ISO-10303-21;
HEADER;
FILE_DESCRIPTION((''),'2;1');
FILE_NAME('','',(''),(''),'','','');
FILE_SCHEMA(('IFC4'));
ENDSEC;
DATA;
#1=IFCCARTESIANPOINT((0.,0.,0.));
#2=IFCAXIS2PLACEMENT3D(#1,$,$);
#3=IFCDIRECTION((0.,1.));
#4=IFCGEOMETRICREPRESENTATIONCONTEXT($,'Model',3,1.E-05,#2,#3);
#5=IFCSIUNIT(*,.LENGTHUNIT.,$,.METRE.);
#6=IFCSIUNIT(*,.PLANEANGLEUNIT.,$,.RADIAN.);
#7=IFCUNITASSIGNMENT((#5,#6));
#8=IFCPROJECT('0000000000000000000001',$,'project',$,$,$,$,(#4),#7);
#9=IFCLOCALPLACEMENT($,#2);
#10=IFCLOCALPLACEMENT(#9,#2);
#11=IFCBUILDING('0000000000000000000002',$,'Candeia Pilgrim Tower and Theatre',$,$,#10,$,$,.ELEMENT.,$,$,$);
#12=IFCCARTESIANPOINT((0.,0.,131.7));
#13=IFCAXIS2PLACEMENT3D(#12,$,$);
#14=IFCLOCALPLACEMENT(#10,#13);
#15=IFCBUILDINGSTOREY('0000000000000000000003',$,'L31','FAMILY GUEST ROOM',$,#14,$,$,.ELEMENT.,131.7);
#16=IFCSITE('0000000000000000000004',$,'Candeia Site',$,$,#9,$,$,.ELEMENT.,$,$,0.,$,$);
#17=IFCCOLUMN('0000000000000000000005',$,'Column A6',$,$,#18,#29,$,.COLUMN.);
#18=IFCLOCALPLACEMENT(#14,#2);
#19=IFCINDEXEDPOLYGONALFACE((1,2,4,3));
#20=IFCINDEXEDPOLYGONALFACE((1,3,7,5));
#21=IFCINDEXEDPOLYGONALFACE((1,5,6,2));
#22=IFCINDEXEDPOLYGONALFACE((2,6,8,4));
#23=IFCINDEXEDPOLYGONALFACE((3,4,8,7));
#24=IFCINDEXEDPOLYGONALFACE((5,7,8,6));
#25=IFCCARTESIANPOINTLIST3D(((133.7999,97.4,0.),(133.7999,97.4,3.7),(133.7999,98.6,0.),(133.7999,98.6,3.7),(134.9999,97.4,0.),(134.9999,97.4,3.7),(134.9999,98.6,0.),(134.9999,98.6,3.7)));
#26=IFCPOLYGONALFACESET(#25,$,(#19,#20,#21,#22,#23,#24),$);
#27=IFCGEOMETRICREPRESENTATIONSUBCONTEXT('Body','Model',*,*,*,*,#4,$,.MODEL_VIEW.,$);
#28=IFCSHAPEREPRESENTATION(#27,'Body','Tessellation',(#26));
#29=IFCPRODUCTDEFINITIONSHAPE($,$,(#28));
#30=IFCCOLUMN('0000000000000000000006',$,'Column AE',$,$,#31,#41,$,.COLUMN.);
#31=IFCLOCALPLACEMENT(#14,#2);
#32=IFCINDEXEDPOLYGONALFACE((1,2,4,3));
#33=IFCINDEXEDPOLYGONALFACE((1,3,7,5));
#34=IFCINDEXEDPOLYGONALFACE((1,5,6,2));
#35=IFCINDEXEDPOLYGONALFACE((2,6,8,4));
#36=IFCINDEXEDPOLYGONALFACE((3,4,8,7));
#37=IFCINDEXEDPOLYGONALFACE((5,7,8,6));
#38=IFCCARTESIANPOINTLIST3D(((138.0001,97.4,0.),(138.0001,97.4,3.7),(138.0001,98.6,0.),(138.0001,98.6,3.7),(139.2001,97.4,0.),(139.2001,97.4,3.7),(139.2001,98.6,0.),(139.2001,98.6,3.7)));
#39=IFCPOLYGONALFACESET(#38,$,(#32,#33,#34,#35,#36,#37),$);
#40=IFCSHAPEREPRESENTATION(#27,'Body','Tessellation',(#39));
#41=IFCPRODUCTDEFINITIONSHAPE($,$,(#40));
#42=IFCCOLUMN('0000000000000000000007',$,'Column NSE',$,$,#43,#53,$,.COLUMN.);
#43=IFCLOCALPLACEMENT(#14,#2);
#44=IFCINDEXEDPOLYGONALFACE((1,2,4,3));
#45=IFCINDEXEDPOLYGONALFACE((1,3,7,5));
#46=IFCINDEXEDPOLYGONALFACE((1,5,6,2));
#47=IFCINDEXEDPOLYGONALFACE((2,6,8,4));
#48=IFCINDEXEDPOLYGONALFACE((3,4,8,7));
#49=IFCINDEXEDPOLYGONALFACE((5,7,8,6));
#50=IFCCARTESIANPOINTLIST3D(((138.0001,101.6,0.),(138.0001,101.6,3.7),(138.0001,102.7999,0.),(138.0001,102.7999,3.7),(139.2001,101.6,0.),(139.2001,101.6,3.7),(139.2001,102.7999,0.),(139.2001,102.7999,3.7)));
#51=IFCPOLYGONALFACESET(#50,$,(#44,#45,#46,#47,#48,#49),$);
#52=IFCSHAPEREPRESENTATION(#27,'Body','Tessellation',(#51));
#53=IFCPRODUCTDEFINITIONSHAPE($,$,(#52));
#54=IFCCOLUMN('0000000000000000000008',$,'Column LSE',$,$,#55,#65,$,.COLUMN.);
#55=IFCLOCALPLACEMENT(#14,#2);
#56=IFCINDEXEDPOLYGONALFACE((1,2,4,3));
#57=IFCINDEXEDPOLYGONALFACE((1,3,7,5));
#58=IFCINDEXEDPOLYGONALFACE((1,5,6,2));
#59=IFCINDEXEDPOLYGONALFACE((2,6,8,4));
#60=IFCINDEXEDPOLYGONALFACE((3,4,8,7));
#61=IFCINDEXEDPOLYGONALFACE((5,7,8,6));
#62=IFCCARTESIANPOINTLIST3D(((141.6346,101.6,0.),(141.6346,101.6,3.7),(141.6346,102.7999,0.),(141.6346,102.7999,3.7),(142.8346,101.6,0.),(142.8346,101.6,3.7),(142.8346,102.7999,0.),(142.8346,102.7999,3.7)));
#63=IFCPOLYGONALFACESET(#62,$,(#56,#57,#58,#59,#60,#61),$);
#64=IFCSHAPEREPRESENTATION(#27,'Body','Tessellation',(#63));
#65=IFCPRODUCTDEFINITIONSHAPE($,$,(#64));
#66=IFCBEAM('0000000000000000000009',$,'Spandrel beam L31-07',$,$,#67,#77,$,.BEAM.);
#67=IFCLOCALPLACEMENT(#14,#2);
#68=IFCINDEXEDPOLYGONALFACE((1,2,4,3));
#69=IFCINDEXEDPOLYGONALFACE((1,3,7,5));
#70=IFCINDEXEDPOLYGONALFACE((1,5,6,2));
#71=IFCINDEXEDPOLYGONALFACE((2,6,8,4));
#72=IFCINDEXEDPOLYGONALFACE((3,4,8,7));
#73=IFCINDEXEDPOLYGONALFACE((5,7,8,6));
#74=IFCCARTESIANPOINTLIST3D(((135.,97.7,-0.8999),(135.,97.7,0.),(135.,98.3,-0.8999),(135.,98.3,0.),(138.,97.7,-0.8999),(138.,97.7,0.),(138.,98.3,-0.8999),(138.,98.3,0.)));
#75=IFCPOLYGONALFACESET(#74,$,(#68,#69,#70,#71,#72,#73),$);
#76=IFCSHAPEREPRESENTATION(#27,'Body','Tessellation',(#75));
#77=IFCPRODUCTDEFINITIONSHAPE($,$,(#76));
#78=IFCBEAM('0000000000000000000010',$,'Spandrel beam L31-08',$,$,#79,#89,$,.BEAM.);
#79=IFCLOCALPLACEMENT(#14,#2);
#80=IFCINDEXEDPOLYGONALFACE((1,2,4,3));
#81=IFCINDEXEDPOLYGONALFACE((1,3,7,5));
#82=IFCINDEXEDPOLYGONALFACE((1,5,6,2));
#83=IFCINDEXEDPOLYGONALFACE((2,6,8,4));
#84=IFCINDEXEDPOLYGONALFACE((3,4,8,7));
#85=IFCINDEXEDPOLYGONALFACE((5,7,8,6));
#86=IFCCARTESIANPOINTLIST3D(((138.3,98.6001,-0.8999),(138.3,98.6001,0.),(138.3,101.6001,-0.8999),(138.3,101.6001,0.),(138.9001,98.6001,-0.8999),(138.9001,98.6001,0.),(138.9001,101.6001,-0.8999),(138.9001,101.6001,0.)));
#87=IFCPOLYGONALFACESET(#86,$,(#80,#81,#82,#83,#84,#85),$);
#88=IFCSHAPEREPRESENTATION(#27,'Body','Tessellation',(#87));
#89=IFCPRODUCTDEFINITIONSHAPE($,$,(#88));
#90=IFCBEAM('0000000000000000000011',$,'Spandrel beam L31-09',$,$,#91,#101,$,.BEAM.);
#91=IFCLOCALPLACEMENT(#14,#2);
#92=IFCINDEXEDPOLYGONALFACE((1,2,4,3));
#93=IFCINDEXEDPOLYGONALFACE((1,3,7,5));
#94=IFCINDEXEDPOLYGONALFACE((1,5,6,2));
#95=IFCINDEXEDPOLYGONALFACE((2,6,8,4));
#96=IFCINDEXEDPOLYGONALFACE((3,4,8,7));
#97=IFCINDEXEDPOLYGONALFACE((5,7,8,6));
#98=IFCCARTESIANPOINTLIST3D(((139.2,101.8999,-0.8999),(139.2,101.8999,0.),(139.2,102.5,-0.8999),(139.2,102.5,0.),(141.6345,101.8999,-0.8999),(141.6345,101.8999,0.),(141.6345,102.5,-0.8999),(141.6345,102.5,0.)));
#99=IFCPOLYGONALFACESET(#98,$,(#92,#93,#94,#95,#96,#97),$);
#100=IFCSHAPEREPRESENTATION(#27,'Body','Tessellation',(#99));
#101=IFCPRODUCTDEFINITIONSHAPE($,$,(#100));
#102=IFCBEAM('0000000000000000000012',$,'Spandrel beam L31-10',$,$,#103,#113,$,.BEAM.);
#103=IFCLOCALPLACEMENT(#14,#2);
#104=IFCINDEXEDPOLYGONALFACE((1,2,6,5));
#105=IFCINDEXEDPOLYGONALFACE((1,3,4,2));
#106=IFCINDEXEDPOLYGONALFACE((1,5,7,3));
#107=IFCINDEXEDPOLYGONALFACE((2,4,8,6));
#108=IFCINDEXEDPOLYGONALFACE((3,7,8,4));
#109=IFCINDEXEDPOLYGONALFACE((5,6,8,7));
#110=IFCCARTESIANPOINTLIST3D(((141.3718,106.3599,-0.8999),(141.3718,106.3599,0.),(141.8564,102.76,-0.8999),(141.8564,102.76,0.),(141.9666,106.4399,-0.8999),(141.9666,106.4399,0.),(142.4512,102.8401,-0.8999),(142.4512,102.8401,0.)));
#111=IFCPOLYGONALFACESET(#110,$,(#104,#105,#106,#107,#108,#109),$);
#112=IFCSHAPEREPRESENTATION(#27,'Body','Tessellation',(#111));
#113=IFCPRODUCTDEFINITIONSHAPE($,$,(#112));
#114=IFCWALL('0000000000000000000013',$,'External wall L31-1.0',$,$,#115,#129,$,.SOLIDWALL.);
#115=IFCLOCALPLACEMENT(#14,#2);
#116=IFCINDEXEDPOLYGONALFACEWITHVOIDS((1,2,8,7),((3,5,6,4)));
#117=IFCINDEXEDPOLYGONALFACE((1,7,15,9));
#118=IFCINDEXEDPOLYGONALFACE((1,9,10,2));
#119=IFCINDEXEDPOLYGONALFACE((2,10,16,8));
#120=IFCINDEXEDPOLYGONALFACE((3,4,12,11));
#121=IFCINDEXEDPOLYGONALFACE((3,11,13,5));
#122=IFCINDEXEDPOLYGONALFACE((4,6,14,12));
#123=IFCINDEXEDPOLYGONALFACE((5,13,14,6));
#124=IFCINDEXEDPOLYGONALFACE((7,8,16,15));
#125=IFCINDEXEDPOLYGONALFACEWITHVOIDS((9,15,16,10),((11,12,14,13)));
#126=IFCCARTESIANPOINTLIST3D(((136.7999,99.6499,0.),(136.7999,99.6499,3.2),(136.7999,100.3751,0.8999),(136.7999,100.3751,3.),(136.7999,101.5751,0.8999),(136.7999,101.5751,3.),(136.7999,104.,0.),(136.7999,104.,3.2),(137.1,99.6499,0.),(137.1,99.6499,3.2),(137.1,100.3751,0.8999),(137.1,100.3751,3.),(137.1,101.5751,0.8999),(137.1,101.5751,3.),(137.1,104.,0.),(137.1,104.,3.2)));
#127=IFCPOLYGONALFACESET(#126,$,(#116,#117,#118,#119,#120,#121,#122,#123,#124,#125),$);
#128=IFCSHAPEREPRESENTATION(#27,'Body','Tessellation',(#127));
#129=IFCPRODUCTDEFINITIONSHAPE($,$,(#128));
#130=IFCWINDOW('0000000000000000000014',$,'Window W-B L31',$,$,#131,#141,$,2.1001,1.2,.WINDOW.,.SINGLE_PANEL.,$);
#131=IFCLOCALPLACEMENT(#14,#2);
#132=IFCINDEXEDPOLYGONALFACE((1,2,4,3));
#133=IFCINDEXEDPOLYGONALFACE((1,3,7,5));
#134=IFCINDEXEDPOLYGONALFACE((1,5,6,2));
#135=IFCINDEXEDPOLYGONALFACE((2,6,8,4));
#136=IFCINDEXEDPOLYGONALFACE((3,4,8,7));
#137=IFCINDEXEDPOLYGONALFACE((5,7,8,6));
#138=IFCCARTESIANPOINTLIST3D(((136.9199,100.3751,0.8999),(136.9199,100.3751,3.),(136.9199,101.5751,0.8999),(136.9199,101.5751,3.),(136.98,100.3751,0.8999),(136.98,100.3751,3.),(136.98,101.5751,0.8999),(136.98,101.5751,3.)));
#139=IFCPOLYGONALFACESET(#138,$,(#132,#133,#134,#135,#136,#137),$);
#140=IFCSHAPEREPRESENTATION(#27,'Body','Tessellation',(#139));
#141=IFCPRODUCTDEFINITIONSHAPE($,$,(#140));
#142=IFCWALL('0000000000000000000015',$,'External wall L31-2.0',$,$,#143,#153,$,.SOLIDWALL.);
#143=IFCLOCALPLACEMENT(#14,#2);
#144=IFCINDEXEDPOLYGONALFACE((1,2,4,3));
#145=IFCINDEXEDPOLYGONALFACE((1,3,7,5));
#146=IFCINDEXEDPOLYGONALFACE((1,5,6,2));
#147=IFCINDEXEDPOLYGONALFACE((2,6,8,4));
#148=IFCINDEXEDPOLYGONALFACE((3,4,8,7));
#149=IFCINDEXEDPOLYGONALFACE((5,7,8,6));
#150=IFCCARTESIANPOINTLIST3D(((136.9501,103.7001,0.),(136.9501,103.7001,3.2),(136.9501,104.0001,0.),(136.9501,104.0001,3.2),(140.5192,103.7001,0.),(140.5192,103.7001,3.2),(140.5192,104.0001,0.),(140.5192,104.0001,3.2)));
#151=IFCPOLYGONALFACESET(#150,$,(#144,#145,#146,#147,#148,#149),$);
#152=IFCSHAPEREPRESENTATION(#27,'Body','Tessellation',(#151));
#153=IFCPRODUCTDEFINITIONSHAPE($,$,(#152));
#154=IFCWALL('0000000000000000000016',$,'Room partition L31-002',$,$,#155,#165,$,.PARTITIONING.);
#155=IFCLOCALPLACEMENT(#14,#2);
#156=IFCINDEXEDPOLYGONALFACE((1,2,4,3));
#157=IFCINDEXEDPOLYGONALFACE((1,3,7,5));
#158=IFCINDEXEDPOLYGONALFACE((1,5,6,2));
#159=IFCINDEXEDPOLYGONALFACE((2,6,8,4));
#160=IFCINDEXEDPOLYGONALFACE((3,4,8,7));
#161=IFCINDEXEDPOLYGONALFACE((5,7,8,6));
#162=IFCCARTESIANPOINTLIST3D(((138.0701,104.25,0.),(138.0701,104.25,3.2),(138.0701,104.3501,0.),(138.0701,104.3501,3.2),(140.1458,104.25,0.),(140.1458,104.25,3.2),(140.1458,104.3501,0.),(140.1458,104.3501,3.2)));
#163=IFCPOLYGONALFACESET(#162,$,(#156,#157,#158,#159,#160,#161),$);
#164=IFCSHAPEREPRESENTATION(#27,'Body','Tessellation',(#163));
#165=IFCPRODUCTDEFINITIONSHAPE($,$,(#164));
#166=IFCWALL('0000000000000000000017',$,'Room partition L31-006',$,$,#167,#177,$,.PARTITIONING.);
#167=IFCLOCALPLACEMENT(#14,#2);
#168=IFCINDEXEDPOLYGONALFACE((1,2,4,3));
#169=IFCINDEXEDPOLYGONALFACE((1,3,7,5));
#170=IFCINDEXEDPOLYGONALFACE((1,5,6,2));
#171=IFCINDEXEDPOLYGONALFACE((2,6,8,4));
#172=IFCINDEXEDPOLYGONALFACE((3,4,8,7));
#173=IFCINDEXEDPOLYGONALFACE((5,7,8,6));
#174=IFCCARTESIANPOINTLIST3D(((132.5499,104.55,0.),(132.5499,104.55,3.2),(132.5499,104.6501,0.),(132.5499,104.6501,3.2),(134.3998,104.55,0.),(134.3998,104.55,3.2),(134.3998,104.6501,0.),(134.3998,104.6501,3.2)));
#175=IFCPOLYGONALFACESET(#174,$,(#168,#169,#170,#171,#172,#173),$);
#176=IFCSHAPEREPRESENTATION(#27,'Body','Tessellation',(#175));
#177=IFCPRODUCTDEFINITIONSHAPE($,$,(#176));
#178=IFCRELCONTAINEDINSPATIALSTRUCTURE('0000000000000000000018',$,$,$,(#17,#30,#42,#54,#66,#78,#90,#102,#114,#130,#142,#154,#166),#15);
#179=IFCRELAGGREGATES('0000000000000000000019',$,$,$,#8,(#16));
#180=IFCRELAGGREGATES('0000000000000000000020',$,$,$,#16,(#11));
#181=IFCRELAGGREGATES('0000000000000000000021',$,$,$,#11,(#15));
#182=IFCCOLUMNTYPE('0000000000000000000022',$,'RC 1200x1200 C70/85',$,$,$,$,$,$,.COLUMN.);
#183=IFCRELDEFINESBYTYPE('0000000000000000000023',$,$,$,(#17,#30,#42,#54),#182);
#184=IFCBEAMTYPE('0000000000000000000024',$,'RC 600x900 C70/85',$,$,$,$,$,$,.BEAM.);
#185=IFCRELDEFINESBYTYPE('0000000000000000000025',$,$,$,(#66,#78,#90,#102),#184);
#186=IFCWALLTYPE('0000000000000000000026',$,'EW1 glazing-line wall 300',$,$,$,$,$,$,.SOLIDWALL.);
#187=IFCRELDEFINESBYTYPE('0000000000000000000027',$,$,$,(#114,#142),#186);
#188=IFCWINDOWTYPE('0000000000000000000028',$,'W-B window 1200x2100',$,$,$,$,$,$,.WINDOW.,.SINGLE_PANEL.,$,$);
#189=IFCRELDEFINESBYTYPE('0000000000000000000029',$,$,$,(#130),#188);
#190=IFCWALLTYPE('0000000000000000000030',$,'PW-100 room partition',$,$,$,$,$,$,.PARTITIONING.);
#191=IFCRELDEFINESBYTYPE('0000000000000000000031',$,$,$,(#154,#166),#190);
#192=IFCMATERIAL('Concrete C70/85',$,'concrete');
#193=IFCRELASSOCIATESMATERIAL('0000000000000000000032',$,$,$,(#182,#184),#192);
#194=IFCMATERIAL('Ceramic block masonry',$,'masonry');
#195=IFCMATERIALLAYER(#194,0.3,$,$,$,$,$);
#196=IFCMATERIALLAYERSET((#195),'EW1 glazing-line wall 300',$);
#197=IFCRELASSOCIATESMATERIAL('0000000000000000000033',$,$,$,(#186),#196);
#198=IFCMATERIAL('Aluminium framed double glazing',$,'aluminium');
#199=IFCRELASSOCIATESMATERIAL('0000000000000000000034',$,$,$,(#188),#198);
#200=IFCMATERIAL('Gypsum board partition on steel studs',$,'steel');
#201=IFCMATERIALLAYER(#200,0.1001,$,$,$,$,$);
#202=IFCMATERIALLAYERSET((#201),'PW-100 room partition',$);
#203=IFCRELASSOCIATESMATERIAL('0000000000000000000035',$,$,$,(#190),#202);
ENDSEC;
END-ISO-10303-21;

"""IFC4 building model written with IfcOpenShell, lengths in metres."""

from ifc_helpers import new_model, si_unit, direction, frame, frame_2d, origin, origin_2d, place, context, subcontext, project, spatial, rectangle, extrude, material, layer, layer_set, material_profile, profile_set, type_object, element, fill, save


model = new_model("IFC4")

# Units and contexts
model_context = context("Model", 3, precision=1e-05, world=origin(), true_north=direction((0.0, 1.0)))
body_context = subcontext(model_context, "Body", "Model", "MODEL_VIEW")
ifc_project = project(units=[si_unit("LENGTHUNIT", "METRE"), si_unit("PLANEANGLEUNIT", "RADIAN")], contexts=[model_context])

# Site, building, storey
site_placement = place(None, origin())
site = spatial("IfcSite", under=ifc_project, at=site_placement, Name="Candeia Site", CompositionType="ELEMENT", RefElevation=0.0)
building_placement = place(site_placement, origin())
building = spatial("IfcBuilding", under=site, at=building_placement, Name="Candeia Pilgrim Tower and Theatre", CompositionType="ELEMENT")
storey_placement = place(building_placement, frame((0.0, 0.0, 131.7)))
storey = spatial("IfcBuildingStorey", under=building, at=storey_placement, Name="L31", Description="FAMILY GUEST ROOM", CompositionType="ELEMENT", Elevation=131.7)

# Columns
ifc_material_1 = material(Name="Concrete C70/85", Category="concrete")
ifc_material_profile_1 = material_profile(ifc_material_1, rectangle(XDim=1.2, YDim=1.2, at=origin_2d()))
ifc_profile_set_1 = profile_set([ifc_material_profile_1], Name="Concrete C70/85")
column_type = type_object("IfcColumnType", Name="RC 1200x1200 C70/85", PredefinedType="COLUMN", material=ifc_profile_set_1)
for number, where, z_axis, x_axis, name in (
    (1, (134.3999, 98.0, 0.0), (0.0, 0.0, 1.0), (1.0, 0.0, 0.0), "Column A6"),
    (2, (138.6001, 98.0, 0.0), (0.0, 0.0, 1.0), (1.0, 0.0, 0.0), "Column AE"),
    (3, (138.6001, 102.2, 0.0), (0.0, 0.0, 1.0), (1.0, 0.0, 0.0), "Column NSE"),
    (4, (142.2346, 102.2, 0.0), (0.0, 0.0, 1.0), (1.0, 0.0, 0.0), "Column LSE"),
):
    element("IfcColumn", number, at=place(storey_placement, frame(where, z_axis=z_axis, x_axis=x_axis)), inside=storey, type_object=column_type, Name=name, PredefinedType="COLUMN", context=body_context, shape_type="SweptSolid", body=[
        extrude(rectangle(XDim=1.2, YDim=1.2, at=origin_2d()), origin(), (0.0, 0.0, 1.0), 3.7),
    ])

# Beams
ifc_material_profile_2 = material_profile(ifc_material_1, rectangle(XDim=0.6001, YDim=0.8999, at=origin_2d()))
ifc_profile_set_2 = profile_set([ifc_material_profile_2], Name="Concrete C70/85")
beam_type = type_object("IfcBeamType", Name="RC 600x900 C70/85", PredefinedType="BEAM", material=ifc_profile_set_2)
for number, where, z_axis, x_axis, name in (
    (5, (135.0, 98.0, -0.45), (1.0, 0.0, 0.0), (0.0, 1.0, 0.0), "Spandrel beam L31-07"),
    (6, (138.6001, 98.6001, -0.45), (0.0, 1.0, 0.0), (-1.0, 0.0, 0.0), "Spandrel beam L31-08"),
):
    element("IfcBeam", number, at=place(storey_placement, frame(where, z_axis=z_axis, x_axis=x_axis)), inside=storey, type_object=beam_type, Name=name, PredefinedType="BEAM", context=body_context, shape_type="SweptSolid", body=[
        extrude(rectangle(XDim=0.6001, YDim=0.8999, at=origin_2d()), origin(), (0.0, 0.0, 1.0), 3.0),
    ])
beam_1_placement = place(storey_placement, frame((139.2, 102.2, -0.45), z_axis=(1.0, 0.0, 0.0), x_axis=(0.0, 1.0, 0.0)))
element("IfcBeam", 7, at=beam_1_placement, inside=storey, type_object=beam_type, Name="Spandrel beam L31-09", PredefinedType="BEAM", context=body_context, shape_type="SweptSolid", body=[
    extrude(rectangle(XDim=0.6001, YDim=0.8999, at=origin_2d()), origin(), (0.0, 0.0, 1.0), 2.4346),
])
beam_2_placement = place(storey_placement, frame((142.1538, 102.8, -0.45), z_axis=(-0.133418, 0.99106, 0.0), x_axis=(-0.99106, -0.133418, 0.0)))
element("IfcBeam", 8, at=beam_2_placement, inside=storey, type_object=beam_type, Name="Spandrel beam L31-10", PredefinedType="BEAM", context=body_context, shape_type="SweptSolid", body=[
    extrude(rectangle(XDim=0.6001, YDim=0.8999, at=origin_2d()), origin(), (0.0, 0.0, 1.0), 3.6323),
])

# Wall, opening, window
ifc_material_2 = material(Name="Ceramic block masonry", Category="masonry")
ifc_layer_1 = layer(ifc_material_2, 0.3)
ifc_layer_set_1 = layer_set([ifc_layer_1], Name="EW1 glazing-line wall 300")
wall_type_1 = type_object("IfcWallType", Name="EW1 glazing-line wall 300", PredefinedType="SOLIDWALL", material=ifc_layer_set_1)
wall_1_placement = place(storey_placement, frame((136.95, 99.6499, 0.0), z_axis=(0.0, 0.0, 1.0), x_axis=(0.0, 1.0, 0.0)))
wall_1 = element("IfcWall", 9, at=wall_1_placement, inside=storey, type_object=wall_type_1, Name="External wall L31-1.0", PredefinedType="SOLIDWALL", context=body_context, shape_type="SweptSolid", body=[
    extrude(rectangle(XDim=4.3501, YDim=0.3, at=frame_2d((2.175, 0.0))), origin(), (0.0, 0.0, 1.0), 3.2),
])
opening_1_placement = place(wall_1_placement, frame((0.7251, 0.0, 0.8999)))
opening_1 = element("IfcOpeningElement", 10, at=opening_1_placement, cuts=wall_1, PredefinedType="OPENING", context=body_context, shape_type="SweptSolid", body=[
    extrude(rectangle(XDim=1.2, YDim=2.1001, at=frame_2d((0.6001, 1.05))), frame((0.0, 0.1602, 0.0), z_axis=(0.0, -1.0, 0.0), x_axis=(1.0, 0.0, 0.0)), (0.0, 0.0, 1.0), 0.3201),
])
ifc_material_3 = material(Name="Aluminium framed double glazing", Category="aluminium")
window_type = type_object("IfcWindowType", Name="W-B window 1200x2100", PartitioningType="SINGLE_PANEL", PredefinedType="WINDOW", material=ifc_material_3)
window_1_placement = place(opening_1_placement, origin())
window_1 = element("IfcWindow", 11, at=window_1_placement, inside=storey, type_object=window_type, Name="Window W-B L31", OverallHeight=2.1001, OverallWidth=1.2, PartitioningType="SINGLE_PANEL", PredefinedType="WINDOW", context=body_context, shape_type="SweptSolid", body=[
    extrude(rectangle(XDim=1.2, YDim=2.1001, at=frame_2d((0.6001, 1.05))), frame((0.0, 0.03, 0.0), z_axis=(0.0, -1.0, 0.0), x_axis=(1.0, 0.0, 0.0)), (0.0, 0.0, 1.0), 0.0601),
])
fill(opening_1, window_1)

# Wall
wall_2_placement = place(storey_placement, frame((136.95, 103.8501, 0.0), z_axis=(0.0, 0.0, 1.0), x_axis=(1.0, 0.0, 0.0)))
element("IfcWall", 12, at=wall_2_placement, inside=storey, type_object=wall_type_1, Name="External wall L31-2.0", PredefinedType="SOLIDWALL", context=body_context, shape_type="SweptSolid", body=[
    extrude(rectangle(XDim=3.5691, YDim=0.3, at=frame_2d((1.7847, 0.0))), origin(), (0.0, 0.0, 1.0), 3.2),
])

# Walls
ifc_material_4 = material(Name="Gypsum board partition on steel studs", Category="steel")
ifc_layer_2 = layer(ifc_material_4, 0.1001)
ifc_layer_set_2 = layer_set([ifc_layer_2], Name="PW-100 room partition")
wall_type_2 = type_object("IfcWallType", Name="PW-100 room partition", PredefinedType="PARTITIONING", material=ifc_layer_set_2)
wall_3_placement = place(storey_placement, frame((138.0701, 104.3, 0.0), z_axis=(0.0, 0.0, 1.0), x_axis=(1.0, 0.0, 0.0)))
element("IfcWall", 13, at=wall_3_placement, inside=storey, type_object=wall_type_2, Name="Room partition L31-002", PredefinedType="PARTITIONING", context=body_context, shape_type="SweptSolid", body=[
    extrude(rectangle(XDim=2.0757, YDim=0.1001, at=frame_2d((1.0378, 0.0))), origin(), (0.0, 0.0, 1.0), 3.2),
])
wall_4_placement = place(storey_placement, frame((132.55, 104.6001, 0.0), z_axis=(0.0, 0.0, 1.0), x_axis=(1.0, 0.0, 0.0)))
element("IfcWall", 14, at=wall_4_placement, inside=storey, type_object=wall_type_2, Name="Room partition L31-006", PredefinedType="PARTITIONING", context=body_context, shape_type="SweptSolid", body=[
    extrude(rectangle(XDim=1.8499, YDim=0.1001, at=frame_2d((0.9248, 0.0))), origin(), (0.0, 0.0, 1.0), 3.2),
])

save(model, "model.ifc")
